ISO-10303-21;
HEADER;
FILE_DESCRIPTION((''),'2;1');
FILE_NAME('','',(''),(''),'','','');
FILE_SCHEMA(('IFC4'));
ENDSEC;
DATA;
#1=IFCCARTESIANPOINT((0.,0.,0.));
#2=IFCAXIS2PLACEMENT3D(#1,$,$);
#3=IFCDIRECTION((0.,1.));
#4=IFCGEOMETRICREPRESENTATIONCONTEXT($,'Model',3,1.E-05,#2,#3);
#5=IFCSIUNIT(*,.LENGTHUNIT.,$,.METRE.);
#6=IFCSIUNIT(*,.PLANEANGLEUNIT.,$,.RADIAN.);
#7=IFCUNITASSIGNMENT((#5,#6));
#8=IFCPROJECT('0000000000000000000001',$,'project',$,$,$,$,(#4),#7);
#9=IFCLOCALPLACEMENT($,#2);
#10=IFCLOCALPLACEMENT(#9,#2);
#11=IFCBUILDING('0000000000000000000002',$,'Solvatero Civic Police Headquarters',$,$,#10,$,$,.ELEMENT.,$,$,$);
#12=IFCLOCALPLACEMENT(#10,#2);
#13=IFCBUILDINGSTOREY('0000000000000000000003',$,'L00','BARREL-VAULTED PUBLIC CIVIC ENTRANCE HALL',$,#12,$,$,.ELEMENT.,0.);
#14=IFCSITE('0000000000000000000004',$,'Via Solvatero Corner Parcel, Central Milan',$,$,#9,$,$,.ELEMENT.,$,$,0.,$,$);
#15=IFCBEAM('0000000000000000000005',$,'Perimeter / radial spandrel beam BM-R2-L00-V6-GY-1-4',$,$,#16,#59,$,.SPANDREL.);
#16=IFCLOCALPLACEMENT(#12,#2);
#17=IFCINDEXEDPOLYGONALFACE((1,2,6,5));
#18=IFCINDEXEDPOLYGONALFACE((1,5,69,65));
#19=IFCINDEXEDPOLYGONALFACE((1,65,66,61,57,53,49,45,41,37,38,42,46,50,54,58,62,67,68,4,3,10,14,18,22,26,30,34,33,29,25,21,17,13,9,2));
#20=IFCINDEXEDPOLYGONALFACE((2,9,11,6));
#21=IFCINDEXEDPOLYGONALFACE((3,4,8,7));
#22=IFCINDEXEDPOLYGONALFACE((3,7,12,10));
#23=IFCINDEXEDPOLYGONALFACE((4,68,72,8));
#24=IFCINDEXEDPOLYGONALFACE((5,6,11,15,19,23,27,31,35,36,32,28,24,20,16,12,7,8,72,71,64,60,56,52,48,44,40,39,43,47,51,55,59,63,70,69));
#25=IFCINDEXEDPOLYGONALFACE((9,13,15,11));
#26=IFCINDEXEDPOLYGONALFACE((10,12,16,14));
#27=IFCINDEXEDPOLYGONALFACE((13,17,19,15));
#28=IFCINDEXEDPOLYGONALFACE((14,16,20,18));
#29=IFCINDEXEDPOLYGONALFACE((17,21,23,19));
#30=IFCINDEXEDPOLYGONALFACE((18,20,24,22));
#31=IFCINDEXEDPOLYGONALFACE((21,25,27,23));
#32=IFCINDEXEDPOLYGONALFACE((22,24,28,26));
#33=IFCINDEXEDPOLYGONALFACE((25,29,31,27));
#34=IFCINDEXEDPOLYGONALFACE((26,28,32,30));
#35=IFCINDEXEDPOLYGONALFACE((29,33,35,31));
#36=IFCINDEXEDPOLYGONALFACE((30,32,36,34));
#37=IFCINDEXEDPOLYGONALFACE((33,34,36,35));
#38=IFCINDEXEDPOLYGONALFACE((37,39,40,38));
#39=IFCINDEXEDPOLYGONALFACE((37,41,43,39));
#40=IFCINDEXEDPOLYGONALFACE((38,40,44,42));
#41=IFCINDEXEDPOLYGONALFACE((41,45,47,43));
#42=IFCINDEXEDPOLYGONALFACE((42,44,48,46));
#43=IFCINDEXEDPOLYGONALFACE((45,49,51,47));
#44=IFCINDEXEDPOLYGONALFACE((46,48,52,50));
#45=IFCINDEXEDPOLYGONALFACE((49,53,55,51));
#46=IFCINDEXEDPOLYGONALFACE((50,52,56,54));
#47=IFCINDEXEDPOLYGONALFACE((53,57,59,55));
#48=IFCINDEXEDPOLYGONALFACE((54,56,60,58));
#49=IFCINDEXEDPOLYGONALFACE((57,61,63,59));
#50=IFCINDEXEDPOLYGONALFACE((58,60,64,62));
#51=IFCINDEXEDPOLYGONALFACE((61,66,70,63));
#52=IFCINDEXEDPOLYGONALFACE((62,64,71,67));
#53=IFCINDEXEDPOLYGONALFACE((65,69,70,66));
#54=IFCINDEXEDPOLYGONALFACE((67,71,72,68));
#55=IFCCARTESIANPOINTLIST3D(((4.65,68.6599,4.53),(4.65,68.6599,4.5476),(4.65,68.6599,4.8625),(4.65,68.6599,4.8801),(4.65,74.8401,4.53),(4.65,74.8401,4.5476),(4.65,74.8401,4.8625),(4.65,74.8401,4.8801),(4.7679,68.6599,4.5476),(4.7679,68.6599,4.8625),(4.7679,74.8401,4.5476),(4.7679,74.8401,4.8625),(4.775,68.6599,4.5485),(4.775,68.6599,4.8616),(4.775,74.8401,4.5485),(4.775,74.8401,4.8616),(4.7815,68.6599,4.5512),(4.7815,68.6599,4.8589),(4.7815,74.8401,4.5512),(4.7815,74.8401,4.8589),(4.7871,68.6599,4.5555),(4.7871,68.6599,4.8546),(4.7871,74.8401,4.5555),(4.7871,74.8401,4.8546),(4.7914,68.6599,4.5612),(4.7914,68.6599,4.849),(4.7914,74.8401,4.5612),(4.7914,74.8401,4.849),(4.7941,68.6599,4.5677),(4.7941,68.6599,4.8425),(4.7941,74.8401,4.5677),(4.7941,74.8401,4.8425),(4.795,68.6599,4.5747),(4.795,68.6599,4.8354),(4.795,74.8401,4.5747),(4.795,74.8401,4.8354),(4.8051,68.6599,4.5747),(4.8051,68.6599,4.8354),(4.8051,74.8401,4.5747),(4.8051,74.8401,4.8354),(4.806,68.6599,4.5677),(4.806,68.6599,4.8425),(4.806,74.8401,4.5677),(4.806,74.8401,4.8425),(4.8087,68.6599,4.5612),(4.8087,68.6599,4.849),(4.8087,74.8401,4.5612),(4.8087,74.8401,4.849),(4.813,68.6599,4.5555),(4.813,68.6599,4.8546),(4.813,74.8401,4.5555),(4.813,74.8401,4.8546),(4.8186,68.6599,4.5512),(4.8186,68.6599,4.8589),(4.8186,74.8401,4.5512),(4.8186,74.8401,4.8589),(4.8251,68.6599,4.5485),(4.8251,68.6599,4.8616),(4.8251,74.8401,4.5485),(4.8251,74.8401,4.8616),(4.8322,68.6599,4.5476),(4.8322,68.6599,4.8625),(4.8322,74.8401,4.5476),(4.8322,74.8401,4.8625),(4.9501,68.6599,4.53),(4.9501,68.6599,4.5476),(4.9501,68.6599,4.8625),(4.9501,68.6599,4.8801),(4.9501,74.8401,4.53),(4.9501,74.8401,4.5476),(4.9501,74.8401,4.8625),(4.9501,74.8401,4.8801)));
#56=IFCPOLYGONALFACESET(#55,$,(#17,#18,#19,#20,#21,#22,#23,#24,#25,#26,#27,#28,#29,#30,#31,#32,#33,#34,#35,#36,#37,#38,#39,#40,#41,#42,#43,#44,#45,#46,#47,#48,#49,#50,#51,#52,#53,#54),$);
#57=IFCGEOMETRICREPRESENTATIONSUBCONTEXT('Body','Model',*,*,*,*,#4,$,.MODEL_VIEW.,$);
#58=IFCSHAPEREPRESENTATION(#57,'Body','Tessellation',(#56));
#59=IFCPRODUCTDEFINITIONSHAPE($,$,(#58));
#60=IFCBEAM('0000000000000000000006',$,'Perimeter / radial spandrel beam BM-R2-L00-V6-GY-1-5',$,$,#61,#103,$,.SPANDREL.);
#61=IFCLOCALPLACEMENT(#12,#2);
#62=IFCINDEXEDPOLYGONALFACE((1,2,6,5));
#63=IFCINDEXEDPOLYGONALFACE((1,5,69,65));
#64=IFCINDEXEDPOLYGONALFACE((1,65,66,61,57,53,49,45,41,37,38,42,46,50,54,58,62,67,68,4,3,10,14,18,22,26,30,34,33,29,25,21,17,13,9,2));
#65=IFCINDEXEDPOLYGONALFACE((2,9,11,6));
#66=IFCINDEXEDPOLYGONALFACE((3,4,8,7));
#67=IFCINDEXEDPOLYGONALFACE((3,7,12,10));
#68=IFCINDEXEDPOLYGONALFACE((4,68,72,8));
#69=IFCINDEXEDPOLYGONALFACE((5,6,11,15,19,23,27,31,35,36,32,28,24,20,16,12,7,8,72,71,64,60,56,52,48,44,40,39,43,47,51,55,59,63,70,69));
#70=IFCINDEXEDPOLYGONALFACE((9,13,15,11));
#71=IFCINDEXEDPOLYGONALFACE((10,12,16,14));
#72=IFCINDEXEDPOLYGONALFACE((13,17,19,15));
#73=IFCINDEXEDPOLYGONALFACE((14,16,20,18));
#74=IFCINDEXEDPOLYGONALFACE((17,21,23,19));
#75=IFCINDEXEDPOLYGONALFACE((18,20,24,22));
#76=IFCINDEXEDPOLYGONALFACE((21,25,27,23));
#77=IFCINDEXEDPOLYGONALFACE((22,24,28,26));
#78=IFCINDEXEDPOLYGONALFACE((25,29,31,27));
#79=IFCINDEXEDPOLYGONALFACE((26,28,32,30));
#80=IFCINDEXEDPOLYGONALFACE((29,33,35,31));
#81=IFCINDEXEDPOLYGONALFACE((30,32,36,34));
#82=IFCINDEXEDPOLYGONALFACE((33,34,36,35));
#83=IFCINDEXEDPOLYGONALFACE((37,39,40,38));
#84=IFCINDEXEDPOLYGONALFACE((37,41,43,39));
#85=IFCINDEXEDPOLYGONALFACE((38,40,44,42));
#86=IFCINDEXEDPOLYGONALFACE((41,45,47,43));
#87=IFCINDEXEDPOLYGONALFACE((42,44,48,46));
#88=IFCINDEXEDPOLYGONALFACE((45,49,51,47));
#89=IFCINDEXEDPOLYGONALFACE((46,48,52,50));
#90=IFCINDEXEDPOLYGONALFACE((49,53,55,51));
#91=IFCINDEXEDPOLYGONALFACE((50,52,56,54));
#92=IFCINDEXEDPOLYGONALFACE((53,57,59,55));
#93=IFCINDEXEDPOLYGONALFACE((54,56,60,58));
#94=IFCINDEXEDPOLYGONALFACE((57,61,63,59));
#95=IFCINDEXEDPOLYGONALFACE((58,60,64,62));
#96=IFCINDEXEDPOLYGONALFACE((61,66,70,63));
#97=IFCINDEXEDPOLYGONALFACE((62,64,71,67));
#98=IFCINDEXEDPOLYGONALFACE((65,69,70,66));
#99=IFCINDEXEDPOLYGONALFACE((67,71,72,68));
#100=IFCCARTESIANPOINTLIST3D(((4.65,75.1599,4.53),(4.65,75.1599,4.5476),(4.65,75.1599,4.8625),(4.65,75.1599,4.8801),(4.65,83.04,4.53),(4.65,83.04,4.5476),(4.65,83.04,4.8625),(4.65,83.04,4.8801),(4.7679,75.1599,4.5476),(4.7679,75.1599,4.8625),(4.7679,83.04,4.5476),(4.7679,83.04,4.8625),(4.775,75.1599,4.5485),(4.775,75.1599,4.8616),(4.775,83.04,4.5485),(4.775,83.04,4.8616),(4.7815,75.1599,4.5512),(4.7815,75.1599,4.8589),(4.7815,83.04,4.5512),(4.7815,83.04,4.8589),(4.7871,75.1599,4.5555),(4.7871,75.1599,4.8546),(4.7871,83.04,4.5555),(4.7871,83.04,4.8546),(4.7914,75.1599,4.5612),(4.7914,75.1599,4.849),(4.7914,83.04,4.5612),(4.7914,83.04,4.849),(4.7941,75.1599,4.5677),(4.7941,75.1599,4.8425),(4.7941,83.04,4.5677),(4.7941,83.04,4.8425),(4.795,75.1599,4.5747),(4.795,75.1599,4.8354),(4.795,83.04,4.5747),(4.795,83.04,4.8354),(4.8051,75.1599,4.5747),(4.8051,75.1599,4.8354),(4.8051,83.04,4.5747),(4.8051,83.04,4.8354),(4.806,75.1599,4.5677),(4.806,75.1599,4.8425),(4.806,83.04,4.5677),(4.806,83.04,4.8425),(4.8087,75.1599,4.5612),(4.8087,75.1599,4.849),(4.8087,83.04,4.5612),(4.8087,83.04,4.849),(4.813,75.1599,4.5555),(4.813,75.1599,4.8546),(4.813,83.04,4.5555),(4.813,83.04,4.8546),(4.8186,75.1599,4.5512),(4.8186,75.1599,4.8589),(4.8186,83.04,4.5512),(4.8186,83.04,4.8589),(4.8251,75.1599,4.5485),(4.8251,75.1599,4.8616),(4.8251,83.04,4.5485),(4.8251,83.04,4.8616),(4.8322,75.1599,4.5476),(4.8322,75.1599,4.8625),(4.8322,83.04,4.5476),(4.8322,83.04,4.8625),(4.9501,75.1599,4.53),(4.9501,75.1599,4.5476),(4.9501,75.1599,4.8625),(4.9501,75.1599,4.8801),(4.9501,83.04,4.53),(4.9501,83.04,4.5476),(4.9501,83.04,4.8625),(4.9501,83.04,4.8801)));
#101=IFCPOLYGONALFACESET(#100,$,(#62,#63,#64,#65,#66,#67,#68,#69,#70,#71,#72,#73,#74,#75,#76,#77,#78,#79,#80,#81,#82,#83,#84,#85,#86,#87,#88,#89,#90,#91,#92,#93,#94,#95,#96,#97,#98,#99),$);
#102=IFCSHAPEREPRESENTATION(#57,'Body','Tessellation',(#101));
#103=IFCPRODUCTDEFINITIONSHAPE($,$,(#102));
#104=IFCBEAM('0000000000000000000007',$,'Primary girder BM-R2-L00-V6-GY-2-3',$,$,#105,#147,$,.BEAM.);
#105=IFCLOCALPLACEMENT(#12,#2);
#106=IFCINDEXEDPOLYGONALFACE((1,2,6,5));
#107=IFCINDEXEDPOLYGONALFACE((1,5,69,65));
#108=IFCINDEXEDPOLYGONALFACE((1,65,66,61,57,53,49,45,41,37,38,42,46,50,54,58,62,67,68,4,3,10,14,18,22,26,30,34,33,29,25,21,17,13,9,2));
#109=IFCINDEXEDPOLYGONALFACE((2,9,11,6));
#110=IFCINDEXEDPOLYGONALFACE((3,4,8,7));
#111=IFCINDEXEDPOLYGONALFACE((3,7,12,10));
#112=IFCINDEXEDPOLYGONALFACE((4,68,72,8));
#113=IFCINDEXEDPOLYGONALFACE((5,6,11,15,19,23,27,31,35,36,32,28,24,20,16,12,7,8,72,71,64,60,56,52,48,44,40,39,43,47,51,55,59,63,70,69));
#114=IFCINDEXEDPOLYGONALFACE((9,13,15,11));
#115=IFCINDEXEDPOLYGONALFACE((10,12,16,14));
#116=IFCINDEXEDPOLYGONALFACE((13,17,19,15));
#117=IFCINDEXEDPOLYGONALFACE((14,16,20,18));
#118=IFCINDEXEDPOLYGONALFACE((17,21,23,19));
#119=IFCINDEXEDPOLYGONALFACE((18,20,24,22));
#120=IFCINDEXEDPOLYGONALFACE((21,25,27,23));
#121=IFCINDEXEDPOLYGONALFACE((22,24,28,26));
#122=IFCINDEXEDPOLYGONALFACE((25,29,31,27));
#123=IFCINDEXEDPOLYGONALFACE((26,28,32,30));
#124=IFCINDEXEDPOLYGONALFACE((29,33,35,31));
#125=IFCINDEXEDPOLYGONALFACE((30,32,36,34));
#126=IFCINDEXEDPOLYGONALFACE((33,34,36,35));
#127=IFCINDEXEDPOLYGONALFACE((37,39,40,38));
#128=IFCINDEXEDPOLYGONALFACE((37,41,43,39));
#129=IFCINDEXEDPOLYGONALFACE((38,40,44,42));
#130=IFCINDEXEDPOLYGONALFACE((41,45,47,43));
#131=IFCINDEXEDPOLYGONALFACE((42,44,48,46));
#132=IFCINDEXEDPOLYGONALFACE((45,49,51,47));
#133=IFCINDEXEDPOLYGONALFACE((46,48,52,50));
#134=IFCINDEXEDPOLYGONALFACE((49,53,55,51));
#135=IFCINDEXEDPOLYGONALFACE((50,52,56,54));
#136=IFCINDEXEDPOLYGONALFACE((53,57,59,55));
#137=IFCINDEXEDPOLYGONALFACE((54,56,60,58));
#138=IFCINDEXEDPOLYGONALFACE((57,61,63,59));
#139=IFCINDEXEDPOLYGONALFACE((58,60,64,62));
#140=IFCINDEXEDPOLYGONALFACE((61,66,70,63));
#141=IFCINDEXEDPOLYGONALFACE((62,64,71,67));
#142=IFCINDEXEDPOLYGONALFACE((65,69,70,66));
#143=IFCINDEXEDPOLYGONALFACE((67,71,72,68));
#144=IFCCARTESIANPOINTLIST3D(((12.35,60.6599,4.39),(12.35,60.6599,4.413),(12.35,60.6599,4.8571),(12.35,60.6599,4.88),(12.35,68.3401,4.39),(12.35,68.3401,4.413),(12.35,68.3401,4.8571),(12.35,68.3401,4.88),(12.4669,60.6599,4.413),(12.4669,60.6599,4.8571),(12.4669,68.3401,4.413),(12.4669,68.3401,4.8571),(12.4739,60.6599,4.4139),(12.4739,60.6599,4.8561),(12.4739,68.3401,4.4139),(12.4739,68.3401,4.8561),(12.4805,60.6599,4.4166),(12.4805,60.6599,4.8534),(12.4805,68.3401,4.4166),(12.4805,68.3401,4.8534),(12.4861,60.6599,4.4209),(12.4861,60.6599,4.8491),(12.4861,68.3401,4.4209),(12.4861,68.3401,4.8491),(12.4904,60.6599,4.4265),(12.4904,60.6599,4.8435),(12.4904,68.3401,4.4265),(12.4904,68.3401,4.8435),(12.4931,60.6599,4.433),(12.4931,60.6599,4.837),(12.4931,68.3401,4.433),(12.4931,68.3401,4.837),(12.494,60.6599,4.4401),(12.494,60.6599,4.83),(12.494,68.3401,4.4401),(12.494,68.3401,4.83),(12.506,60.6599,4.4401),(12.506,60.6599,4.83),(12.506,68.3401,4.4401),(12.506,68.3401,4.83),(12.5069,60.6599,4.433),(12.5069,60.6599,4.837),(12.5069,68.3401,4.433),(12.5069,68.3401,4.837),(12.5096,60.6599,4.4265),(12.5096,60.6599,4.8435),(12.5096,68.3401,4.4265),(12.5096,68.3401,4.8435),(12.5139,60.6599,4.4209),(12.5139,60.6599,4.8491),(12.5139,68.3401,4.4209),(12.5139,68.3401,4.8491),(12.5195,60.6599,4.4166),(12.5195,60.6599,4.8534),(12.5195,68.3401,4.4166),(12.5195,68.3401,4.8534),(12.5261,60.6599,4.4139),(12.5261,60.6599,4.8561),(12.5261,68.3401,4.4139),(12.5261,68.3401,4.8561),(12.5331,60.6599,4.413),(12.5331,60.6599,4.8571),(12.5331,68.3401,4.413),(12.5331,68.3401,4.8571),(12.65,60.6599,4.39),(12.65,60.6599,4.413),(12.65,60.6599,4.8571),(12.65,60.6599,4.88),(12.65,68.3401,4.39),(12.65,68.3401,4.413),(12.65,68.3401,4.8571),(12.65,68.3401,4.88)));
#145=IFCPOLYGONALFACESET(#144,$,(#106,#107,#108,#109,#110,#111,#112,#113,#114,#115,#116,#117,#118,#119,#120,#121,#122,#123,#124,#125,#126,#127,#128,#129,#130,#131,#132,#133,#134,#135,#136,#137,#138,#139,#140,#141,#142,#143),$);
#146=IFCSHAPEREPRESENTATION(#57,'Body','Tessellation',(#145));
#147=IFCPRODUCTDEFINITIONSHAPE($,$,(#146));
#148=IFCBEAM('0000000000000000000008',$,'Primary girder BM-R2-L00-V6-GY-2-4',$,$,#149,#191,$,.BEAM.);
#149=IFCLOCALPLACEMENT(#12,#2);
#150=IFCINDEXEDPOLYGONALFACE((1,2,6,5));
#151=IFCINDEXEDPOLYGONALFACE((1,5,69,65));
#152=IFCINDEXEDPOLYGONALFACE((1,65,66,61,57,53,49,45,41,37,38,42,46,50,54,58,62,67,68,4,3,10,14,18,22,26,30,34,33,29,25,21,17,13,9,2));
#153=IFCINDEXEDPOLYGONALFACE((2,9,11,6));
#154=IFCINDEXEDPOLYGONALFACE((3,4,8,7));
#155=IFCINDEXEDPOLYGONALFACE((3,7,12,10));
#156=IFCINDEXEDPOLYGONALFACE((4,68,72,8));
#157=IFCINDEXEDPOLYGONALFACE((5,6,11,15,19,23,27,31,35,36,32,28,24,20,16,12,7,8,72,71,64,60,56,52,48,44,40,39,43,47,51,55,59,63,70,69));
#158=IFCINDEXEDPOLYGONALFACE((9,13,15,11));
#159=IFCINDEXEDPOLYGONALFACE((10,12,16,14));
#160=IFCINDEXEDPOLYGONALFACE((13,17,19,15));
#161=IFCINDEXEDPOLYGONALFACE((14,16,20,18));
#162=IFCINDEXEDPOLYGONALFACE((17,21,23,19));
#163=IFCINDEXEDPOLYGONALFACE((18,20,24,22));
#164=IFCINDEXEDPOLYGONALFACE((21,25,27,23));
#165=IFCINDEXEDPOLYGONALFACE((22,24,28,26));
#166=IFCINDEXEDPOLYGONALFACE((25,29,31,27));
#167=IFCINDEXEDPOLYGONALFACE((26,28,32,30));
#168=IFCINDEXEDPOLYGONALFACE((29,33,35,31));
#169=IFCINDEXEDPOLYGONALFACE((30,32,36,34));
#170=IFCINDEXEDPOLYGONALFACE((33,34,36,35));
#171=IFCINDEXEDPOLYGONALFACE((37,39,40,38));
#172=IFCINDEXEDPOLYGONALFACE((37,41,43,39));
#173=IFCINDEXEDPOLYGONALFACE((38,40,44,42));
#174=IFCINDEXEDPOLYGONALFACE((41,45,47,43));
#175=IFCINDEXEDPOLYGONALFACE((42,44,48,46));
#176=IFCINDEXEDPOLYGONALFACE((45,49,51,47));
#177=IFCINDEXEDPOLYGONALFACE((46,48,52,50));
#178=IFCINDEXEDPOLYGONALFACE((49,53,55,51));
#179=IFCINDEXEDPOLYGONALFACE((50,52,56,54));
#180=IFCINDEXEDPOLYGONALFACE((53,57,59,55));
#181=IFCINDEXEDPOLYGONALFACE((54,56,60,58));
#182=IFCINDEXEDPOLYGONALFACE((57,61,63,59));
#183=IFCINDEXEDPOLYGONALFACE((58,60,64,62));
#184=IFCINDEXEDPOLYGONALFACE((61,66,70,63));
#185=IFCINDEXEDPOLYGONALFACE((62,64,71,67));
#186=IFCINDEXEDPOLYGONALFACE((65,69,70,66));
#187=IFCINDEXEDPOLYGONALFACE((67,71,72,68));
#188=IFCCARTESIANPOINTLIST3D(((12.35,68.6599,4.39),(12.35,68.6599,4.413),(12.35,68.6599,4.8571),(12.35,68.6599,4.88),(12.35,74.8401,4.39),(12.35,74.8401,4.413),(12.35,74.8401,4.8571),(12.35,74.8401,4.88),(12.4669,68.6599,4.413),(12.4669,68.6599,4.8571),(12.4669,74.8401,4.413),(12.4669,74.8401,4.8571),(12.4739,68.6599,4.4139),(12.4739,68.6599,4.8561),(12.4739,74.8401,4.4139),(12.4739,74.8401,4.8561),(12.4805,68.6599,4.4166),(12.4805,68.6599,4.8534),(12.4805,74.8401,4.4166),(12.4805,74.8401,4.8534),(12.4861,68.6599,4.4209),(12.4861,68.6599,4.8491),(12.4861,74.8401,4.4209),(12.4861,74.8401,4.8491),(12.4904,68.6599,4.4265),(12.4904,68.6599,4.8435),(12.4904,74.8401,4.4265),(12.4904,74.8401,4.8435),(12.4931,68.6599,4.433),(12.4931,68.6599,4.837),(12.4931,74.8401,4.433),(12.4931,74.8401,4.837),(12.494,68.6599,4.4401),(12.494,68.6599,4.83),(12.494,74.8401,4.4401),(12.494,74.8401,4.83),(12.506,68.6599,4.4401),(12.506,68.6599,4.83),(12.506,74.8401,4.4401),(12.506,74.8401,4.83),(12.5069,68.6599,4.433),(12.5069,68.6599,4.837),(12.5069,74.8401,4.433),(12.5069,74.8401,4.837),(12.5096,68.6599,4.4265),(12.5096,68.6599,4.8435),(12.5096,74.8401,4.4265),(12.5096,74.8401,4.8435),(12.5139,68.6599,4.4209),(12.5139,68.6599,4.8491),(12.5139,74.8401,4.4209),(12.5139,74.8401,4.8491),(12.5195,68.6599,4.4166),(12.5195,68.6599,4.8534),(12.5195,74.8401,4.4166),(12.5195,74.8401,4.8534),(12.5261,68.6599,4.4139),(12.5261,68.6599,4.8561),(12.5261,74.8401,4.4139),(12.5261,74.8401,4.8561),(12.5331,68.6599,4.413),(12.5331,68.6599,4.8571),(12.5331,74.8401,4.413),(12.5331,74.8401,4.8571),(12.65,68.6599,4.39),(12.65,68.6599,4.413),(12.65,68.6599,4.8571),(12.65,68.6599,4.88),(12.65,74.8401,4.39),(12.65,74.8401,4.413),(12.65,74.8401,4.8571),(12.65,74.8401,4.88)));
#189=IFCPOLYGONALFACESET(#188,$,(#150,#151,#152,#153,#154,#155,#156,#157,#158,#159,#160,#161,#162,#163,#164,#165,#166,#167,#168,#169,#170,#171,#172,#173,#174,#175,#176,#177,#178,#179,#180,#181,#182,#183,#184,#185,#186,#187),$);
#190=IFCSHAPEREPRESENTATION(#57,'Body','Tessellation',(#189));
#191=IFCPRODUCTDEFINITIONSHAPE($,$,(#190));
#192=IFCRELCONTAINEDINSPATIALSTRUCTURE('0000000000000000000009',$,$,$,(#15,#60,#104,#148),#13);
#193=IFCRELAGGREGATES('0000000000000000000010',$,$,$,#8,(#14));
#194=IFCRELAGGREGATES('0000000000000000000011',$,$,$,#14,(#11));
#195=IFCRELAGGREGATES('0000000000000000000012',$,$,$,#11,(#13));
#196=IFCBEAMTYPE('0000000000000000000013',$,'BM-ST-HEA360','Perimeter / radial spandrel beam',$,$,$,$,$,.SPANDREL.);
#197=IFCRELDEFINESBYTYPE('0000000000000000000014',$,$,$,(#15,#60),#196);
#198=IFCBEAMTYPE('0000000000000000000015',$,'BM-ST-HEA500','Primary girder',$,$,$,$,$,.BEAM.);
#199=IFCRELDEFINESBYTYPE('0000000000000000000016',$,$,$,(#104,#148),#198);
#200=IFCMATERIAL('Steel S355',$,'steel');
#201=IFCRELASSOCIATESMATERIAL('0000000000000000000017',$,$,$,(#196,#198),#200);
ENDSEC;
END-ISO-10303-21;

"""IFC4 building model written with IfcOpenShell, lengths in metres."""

from ifc_helpers import new_model, si_unit, direction, frame, origin, origin_2d, place, context, subcontext, project, spatial, i_section, extrude, material, material_profile, profile_set, type_object, element, save


model = new_model("IFC4")

# Units and contexts
model_context = context("Model", 3, precision=1e-05, world=origin(), true_north=direction((0.0, 1.0)))
body_context = subcontext(model_context, "Body", "Model", "MODEL_VIEW")
ifc_project = project(units=[si_unit("LENGTHUNIT", "METRE"), si_unit("PLANEANGLEUNIT", "RADIAN")], contexts=[model_context])

# Site, building, storey
site_placement = place(None, origin())
site = spatial("IfcSite", under=ifc_project, at=site_placement, Name="Via Solvatero Corner Parcel, Central Milan", CompositionType="ELEMENT", RefElevation=0.0)
building_placement = place(site_placement, origin())
building = spatial("IfcBuilding", under=site, at=building_placement, Name="Solvatero Civic Police Headquarters", CompositionType="ELEMENT")
storey_placement = place(building_placement, origin())
storey = spatial("IfcBuildingStorey", under=building, at=storey_placement, Name="L00", Description="BARREL-VAULTED PUBLIC CIVIC ENTRANCE HALL", CompositionType="ELEMENT", Elevation=0.0)

# Beams
ifc_material_1 = material(Name="Steel S355", Category="steel")
ifc_material_profile_1 = material_profile(ifc_material_1, i_section(OverallWidth=0.3, OverallDepth=0.3501, WebThickness=0.01, FlangeThickness=0.0176, FilletRadius=0.0271, at=origin_2d()), Name="HEA 360")
ifc_profile_set_1 = profile_set([ifc_material_profile_1], Name="Steel S355")
beam_type_1 = type_object("IfcBeamType", Name="BM-ST-HEA360", Description="Perimeter / radial spandrel beam", PredefinedType="SPANDREL", material=ifc_profile_set_1)
beam_1_placement = place(storey_placement, frame((4.8, 68.6599, 4.7051), z_axis=(0.0, 1.0, 0.0), x_axis=(-1.0, 0.0, 0.0)))
element("IfcBeam", 1, at=beam_1_placement, inside=storey, type_object=beam_type_1, Name="Perimeter / radial spandrel beam BM-R2-L00-V6-GY-1-4", PredefinedType="SPANDREL", context=body_context, shape_type="SweptSolid", body=[
    extrude(i_section(OverallWidth=0.3, OverallDepth=0.3501, WebThickness=0.01, FlangeThickness=0.0176, FilletRadius=0.0271, at=origin_2d()), origin(), (0.0, 0.0, 1.0), 6.1802),
])
beam_2_placement = place(storey_placement, frame((4.8, 75.1599, 4.7051), z_axis=(0.0, 1.0, 0.0), x_axis=(-1.0, 0.0, 0.0)))
element("IfcBeam", 2, at=beam_2_placement, inside=storey, type_object=beam_type_1, Name="Perimeter / radial spandrel beam BM-R2-L00-V6-GY-1-5", PredefinedType="SPANDREL", context=body_context, shape_type="SweptSolid", body=[
    extrude(i_section(OverallWidth=0.3, OverallDepth=0.3501, WebThickness=0.01, FlangeThickness=0.0176, FilletRadius=0.0271, at=origin_2d()), origin(), (0.0, 0.0, 1.0), 7.8801),
])
ifc_material_profile_2 = material_profile(ifc_material_1, i_section(OverallWidth=0.3, OverallDepth=0.49, WebThickness=0.012, FlangeThickness=0.0229, FilletRadius=0.0271, at=origin_2d()), Name="HEA 500")
ifc_profile_set_2 = profile_set([ifc_material_profile_2], Name="Steel S355")
beam_type_2 = type_object("IfcBeamType", Name="BM-ST-HEA500", Description="Primary girder", PredefinedType="BEAM", material=ifc_profile_set_2)
beam_3_placement = place(storey_placement, frame((12.5, 60.6599, 4.635), z_axis=(0.0, 1.0, 0.0), x_axis=(-1.0, 0.0, 0.0)))
element("IfcBeam", 3, at=beam_3_placement, inside=storey, type_object=beam_type_2, Name="Primary girder BM-R2-L00-V6-GY-2-3", PredefinedType="BEAM", context=body_context, shape_type="SweptSolid", body=[
    extrude(i_section(OverallWidth=0.3, OverallDepth=0.49, WebThickness=0.012, FlangeThickness=0.0229, FilletRadius=0.0271, at=origin_2d()), origin(), (0.0, 0.0, 1.0), 7.6802),
])
beam_4_placement = place(storey_placement, frame((12.5, 68.6599, 4.635), z_axis=(0.0, 1.0, 0.0), x_axis=(-1.0, 0.0, 0.0)))
element("IfcBeam", 4, at=beam_4_placement, inside=storey, type_object=beam_type_2, Name="Primary girder BM-R2-L00-V6-GY-2-4", PredefinedType="BEAM", context=body_context, shape_type="SweptSolid", body=[
    extrude(i_section(OverallWidth=0.3, OverallDepth=0.49, WebThickness=0.012, FlangeThickness=0.0229, FilletRadius=0.0271, at=origin_2d()), origin(), (0.0, 0.0, 1.0), 6.1802),
])

save(model, "model.ifc")
